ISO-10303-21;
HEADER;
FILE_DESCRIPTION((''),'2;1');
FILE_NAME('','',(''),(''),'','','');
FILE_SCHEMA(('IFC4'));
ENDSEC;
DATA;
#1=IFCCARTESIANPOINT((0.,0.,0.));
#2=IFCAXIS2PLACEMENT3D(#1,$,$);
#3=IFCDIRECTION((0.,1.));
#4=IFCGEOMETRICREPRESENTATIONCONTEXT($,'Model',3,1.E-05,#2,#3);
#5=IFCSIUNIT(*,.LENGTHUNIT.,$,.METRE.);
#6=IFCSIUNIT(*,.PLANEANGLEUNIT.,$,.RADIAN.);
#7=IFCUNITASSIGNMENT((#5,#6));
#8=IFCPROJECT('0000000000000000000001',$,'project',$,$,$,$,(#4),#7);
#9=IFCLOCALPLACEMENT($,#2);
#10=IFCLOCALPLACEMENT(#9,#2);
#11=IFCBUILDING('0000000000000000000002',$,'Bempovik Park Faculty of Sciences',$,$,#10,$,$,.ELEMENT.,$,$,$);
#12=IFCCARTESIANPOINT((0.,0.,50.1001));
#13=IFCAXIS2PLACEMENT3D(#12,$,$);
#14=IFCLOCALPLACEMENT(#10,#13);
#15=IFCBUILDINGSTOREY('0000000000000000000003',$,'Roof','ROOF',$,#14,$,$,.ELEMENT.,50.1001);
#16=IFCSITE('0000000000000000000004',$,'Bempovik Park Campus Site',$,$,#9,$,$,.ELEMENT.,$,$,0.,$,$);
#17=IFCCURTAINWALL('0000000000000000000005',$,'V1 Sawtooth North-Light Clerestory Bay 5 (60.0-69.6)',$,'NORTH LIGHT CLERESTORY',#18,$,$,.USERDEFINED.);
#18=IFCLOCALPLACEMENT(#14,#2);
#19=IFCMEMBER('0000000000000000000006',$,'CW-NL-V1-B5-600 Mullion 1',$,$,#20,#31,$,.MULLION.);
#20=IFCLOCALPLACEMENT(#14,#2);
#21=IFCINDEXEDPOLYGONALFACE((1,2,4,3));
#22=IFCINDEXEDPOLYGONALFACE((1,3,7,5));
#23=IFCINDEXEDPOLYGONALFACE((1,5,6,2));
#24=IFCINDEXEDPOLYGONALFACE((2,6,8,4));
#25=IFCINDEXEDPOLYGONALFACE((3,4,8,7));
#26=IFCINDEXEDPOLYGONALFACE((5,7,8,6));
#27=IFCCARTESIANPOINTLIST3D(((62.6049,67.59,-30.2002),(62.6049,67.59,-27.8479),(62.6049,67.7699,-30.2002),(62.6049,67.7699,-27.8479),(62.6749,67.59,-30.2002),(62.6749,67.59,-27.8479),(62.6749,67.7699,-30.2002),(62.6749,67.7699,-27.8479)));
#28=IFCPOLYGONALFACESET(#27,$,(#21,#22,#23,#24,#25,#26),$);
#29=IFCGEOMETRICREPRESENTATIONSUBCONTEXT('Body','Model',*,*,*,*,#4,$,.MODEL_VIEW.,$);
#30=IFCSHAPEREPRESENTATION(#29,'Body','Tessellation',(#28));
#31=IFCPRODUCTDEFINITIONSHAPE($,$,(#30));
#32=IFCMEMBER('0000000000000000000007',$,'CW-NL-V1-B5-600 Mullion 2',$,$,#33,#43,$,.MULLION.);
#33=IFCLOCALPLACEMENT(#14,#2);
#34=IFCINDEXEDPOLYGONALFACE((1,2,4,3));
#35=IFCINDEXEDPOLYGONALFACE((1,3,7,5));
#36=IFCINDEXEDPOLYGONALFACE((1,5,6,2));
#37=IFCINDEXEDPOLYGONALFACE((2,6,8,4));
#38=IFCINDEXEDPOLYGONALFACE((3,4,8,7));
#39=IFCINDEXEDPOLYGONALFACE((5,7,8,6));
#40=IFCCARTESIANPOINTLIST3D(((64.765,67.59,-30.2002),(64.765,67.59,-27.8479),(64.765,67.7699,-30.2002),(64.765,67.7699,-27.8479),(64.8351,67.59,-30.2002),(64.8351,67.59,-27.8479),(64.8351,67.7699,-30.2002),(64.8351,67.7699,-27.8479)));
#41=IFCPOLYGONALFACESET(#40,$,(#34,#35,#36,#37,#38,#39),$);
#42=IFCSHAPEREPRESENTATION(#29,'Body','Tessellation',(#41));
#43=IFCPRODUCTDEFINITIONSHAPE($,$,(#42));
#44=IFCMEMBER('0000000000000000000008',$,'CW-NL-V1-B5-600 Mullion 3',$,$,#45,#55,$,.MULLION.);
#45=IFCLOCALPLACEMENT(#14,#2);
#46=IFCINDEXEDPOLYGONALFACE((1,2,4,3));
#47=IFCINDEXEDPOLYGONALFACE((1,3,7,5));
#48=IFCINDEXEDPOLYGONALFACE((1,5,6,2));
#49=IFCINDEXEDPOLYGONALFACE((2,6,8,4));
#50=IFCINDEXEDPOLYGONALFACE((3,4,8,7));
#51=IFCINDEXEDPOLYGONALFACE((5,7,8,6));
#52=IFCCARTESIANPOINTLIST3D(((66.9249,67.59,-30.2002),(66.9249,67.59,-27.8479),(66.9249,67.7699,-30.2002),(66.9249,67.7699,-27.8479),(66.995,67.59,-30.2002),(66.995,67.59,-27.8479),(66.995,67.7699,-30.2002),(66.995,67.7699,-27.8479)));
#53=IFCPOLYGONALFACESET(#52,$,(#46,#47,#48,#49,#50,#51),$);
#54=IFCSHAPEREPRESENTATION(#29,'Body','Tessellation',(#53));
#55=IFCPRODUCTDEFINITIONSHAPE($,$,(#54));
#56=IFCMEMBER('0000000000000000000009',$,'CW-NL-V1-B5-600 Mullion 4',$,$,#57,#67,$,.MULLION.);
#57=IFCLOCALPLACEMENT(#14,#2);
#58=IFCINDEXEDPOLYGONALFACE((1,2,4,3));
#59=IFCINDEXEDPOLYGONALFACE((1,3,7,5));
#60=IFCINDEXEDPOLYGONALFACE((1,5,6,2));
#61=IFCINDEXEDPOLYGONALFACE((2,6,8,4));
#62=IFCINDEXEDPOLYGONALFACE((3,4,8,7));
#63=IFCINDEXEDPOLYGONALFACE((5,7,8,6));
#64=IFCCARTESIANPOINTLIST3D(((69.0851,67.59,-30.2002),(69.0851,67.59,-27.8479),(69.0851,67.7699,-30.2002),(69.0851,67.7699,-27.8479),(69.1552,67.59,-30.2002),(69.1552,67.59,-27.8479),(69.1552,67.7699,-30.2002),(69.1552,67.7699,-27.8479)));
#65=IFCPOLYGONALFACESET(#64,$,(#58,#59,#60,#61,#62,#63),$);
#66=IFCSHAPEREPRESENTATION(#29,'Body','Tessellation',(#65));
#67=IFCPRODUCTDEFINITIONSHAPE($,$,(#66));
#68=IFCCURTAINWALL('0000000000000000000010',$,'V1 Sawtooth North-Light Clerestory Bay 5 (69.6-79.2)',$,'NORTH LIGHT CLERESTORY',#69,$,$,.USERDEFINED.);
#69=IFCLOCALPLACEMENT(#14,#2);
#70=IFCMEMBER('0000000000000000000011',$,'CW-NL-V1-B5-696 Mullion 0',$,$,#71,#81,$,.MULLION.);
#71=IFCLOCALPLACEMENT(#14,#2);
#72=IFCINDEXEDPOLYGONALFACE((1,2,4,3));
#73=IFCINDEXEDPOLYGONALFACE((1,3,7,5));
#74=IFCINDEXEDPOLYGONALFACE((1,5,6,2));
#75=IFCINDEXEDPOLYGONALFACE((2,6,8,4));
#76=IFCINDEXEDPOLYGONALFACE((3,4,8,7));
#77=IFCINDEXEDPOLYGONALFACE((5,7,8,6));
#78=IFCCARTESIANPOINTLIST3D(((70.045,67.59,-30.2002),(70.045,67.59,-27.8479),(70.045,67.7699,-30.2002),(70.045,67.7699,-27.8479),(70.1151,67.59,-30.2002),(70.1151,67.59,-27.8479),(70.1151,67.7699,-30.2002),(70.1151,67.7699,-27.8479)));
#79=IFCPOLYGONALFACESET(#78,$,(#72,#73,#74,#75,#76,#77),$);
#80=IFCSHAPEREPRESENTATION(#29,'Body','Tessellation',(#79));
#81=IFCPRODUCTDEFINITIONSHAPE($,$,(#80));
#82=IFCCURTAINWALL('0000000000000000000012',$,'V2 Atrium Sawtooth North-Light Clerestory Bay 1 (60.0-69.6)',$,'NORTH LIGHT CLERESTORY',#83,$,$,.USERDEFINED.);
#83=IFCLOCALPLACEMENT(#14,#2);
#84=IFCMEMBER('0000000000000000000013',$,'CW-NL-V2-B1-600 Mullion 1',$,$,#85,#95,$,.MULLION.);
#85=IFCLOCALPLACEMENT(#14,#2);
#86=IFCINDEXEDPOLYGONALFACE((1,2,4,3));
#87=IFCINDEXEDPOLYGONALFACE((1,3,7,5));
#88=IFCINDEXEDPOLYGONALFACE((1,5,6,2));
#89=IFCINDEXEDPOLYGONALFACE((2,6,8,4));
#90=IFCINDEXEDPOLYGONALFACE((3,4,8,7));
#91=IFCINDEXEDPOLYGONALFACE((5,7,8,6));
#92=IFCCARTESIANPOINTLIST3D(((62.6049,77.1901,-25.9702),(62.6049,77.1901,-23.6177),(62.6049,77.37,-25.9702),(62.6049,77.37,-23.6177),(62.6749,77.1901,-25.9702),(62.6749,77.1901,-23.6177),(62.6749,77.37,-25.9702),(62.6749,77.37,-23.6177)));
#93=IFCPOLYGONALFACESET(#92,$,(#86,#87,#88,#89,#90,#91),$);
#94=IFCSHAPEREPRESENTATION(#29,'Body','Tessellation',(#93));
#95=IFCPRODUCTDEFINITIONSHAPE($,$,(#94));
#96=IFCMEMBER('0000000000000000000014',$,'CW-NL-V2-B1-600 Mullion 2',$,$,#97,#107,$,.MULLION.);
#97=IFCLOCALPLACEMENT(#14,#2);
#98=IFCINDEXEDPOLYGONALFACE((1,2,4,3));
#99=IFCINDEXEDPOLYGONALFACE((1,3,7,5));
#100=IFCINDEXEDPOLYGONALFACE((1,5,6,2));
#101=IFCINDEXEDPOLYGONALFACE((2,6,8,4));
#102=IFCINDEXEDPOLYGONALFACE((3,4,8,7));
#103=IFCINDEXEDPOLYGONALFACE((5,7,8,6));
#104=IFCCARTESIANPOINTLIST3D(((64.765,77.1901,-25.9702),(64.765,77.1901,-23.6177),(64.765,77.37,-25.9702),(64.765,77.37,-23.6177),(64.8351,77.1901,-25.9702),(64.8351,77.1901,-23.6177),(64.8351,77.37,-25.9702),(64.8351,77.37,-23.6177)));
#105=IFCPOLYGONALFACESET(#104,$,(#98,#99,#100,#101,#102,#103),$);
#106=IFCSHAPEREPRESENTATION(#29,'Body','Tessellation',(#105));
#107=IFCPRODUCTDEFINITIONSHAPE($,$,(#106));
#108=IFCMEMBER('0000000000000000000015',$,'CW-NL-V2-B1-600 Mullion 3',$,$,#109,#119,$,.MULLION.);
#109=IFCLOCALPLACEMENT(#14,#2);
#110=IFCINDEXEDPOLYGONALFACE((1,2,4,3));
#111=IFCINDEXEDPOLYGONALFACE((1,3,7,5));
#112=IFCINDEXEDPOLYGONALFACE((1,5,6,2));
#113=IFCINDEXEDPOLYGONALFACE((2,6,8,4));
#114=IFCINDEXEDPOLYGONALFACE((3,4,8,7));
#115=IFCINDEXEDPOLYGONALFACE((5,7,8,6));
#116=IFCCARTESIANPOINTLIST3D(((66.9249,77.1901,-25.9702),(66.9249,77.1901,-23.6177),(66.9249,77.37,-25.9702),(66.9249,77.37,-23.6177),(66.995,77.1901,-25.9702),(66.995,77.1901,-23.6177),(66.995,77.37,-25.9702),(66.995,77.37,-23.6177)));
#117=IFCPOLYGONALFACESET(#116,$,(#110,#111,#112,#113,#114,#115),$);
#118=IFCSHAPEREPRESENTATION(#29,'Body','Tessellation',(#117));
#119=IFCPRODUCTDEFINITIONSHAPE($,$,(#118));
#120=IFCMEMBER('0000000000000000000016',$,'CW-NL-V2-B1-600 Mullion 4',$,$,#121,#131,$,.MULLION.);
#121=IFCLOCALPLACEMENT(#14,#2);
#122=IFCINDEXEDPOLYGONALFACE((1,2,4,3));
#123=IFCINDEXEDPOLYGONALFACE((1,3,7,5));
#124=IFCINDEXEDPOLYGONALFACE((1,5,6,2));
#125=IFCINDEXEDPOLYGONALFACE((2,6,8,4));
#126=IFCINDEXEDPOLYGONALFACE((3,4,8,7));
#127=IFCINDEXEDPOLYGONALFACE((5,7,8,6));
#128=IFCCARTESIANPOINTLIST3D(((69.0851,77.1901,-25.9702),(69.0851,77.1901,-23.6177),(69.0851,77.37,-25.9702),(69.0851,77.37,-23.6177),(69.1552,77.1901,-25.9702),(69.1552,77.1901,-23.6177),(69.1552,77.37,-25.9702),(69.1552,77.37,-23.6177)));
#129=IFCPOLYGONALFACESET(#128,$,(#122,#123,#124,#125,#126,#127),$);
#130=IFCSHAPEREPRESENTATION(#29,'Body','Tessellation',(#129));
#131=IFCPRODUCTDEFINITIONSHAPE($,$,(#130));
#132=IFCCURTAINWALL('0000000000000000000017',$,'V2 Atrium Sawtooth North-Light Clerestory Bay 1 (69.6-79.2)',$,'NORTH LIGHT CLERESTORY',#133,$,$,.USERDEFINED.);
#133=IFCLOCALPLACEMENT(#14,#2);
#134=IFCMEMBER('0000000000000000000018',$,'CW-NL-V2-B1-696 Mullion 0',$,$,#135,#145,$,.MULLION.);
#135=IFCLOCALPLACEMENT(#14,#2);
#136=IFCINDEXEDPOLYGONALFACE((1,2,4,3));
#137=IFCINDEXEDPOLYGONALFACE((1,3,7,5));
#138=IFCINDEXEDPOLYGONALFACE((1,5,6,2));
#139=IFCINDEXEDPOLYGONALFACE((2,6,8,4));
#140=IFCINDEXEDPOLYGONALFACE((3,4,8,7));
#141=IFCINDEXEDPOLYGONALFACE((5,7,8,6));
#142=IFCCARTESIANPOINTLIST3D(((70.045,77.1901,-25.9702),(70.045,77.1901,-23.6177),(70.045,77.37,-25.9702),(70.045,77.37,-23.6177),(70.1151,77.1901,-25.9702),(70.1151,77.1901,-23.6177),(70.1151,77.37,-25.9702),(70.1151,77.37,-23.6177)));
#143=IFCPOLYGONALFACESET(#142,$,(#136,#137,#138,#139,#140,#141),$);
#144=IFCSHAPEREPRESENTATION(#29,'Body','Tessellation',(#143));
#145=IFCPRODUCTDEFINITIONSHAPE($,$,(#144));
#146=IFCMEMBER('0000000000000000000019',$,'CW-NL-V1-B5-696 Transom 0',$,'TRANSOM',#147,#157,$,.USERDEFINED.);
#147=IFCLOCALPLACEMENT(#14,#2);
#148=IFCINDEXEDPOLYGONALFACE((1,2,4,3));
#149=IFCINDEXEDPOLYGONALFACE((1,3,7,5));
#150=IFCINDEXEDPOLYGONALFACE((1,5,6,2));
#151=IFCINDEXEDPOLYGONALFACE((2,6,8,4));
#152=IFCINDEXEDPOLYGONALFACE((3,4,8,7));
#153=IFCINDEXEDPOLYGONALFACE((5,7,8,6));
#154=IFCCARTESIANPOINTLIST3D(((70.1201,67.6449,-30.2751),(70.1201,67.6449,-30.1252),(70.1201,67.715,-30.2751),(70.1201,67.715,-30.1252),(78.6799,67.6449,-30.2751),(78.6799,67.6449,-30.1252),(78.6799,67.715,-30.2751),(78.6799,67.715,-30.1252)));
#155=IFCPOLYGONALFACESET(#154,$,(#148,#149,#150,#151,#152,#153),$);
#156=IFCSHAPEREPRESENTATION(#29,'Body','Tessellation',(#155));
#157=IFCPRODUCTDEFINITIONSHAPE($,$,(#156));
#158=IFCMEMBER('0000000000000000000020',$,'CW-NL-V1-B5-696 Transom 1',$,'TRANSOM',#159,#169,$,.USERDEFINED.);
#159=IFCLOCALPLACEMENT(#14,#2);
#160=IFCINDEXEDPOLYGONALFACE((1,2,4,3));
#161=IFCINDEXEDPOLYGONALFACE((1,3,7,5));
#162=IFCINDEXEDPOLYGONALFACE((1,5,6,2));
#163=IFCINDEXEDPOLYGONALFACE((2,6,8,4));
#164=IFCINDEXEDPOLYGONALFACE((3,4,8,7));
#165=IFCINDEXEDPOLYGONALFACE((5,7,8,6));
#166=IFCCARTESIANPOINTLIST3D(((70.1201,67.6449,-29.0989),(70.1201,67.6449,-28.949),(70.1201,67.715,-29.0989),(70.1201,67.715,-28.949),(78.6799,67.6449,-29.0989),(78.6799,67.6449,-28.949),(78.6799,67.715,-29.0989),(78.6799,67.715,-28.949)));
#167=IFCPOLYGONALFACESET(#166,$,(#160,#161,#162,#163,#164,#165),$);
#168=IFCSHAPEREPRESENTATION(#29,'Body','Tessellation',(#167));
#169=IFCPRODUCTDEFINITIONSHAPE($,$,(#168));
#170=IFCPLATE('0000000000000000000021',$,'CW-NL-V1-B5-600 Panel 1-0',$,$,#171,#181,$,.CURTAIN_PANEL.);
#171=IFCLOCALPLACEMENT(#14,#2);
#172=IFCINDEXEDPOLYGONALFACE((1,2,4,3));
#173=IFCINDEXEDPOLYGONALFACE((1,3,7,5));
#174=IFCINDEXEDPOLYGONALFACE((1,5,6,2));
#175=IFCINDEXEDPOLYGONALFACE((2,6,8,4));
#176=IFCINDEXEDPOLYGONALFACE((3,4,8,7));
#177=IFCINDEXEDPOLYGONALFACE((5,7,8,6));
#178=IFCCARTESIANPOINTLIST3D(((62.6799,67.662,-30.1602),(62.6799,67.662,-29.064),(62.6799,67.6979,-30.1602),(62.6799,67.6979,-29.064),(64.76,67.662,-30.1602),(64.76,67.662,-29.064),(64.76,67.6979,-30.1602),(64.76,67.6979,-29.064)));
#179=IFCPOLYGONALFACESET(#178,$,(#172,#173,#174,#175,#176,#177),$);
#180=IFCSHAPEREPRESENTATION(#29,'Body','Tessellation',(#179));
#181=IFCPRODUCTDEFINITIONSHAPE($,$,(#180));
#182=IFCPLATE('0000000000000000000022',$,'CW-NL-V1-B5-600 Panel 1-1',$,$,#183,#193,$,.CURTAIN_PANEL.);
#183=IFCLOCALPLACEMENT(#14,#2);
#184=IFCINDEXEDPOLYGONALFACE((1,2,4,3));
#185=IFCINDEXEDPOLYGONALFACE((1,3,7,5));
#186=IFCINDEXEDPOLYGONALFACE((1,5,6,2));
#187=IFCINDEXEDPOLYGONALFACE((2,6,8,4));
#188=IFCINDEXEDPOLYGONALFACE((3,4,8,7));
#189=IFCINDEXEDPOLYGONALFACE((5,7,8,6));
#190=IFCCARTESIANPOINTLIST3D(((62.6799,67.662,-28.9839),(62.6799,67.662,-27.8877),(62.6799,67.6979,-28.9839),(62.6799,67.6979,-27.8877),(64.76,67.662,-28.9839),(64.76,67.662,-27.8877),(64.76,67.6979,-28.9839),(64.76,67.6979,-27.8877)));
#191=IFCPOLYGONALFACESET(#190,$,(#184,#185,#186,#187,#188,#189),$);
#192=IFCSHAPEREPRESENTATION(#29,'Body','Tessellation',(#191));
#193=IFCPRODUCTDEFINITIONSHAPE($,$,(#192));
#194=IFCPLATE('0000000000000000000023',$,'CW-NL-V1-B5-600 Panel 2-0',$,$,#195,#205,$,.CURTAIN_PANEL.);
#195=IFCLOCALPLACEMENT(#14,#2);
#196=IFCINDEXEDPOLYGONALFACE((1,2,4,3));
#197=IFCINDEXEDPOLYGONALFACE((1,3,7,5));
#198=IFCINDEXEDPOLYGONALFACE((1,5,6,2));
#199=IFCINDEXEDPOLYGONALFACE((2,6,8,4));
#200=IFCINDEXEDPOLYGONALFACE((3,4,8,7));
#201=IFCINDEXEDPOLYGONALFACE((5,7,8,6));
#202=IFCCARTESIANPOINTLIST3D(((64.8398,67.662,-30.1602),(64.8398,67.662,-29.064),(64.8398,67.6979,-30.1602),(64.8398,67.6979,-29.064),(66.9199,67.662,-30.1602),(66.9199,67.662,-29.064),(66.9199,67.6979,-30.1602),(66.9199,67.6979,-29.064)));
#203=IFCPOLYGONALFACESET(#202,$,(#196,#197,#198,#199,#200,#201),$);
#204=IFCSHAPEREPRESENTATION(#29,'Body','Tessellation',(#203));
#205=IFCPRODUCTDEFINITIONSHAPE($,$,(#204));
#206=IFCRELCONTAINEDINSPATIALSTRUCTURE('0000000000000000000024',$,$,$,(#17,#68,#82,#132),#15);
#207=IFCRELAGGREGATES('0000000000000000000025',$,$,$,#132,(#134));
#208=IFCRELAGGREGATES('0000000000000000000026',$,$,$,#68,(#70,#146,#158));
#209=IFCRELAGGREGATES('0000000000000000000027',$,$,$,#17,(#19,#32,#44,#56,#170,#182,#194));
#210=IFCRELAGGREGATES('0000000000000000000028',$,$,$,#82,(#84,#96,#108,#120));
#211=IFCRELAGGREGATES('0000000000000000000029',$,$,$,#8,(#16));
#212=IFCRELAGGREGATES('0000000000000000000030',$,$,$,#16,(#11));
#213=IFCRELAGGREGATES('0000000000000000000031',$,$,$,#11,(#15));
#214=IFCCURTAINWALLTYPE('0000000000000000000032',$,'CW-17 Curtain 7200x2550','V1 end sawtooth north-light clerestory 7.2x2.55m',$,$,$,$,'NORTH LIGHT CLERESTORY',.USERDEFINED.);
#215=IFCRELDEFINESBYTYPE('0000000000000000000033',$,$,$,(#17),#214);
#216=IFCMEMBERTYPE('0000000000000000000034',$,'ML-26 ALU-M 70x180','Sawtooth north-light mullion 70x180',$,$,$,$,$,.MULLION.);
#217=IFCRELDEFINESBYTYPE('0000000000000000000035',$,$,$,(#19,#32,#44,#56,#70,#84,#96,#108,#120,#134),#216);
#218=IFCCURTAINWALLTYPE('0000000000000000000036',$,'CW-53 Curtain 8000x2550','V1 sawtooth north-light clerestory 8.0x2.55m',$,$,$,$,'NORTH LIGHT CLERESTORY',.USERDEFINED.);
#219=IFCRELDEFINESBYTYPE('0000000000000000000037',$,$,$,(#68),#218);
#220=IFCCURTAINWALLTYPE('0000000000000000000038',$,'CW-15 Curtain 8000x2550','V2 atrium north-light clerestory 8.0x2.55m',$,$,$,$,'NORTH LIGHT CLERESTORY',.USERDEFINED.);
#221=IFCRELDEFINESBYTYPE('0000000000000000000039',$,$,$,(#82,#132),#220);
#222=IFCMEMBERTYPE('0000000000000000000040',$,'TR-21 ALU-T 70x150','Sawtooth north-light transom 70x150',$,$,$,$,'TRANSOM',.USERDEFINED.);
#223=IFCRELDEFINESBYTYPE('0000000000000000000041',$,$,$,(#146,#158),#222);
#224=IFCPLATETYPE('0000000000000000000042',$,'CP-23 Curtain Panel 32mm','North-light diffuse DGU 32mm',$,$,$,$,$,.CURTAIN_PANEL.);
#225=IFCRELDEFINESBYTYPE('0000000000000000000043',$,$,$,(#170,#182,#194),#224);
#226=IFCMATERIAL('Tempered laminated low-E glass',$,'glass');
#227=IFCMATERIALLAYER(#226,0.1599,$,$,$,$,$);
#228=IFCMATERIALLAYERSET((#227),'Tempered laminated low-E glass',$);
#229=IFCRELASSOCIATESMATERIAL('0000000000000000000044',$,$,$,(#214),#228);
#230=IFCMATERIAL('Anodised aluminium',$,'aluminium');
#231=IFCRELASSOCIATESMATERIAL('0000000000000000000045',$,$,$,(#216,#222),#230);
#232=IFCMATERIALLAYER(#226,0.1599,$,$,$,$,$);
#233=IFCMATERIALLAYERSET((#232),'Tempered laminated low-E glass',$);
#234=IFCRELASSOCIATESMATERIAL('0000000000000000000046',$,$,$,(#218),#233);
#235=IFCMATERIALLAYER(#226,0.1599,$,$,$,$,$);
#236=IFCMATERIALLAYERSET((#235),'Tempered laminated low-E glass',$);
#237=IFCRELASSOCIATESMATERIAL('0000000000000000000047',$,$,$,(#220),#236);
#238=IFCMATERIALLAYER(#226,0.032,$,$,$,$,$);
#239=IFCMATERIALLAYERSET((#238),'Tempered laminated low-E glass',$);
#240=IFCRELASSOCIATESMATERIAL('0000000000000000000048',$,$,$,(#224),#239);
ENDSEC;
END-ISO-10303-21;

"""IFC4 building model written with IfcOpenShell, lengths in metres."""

from ifc_helpers import new_model, si_unit, direction, frame, origin, origin_2d, place, context, subcontext, project, spatial, rectangle, extrude, material, layer, layer_set, material_profile, profile_set, type_object, element, aggregate, save


model = new_model("IFC4")

# Units and contexts
model_context = context("Model", 3, precision=1e-05, world=origin(), true_north=direction((0.0, 1.0)))
body_context = subcontext(model_context, "Body", "Model", "MODEL_VIEW")
ifc_project = project(units=[si_unit("LENGTHUNIT", "METRE"), si_unit("PLANEANGLEUNIT", "RADIAN")], contexts=[model_context])

# Site, building, storey
site_placement = place(None, origin())
site = spatial("IfcSite", under=ifc_project, at=site_placement, Name="Bempovik Park Campus Site", CompositionType="ELEMENT", RefElevation=0.0)
building_placement = place(site_placement, origin())
building = spatial("IfcBuilding", under=site, at=building_placement, Name="Bempovik Park Faculty of Sciences", CompositionType="ELEMENT")
storey_placement = place(building_placement, frame((0.0, 0.0, 50.1001)))
storey = spatial("IfcBuildingStorey", under=building, at=storey_placement, Name="Roof", Description="ROOF", CompositionType="ELEMENT", Elevation=50.1001)

# Curtain wall, members
ifc_material_1 = material(Name="Tempered laminated low-E glass", Category="glass")
ifc_layer_1 = layer(ifc_material_1, 0.1599)
ifc_layer_set_1 = layer_set([ifc_layer_1], Name="Tempered laminated low-E glass")
curtain_wall_type_1 = type_object("IfcCurtainWallType", Name="CW-17 Curtain 7200x2550", Description="V1 end sawtooth north-light clerestory 7.2x2.55m", ElementType="NORTH LIGHT CLERESTORY", PredefinedType="USERDEFINED", material=ifc_layer_set_1)
curtain_wall_1_placement = place(storey_placement, origin())
curtain_wall_1 = element("IfcCurtainWall", 1, at=curtain_wall_1_placement, inside=storey, type_object=curtain_wall_type_1, Name="V1 Sawtooth North-Light Clerestory Bay 5 (60.0-69.6)", ObjectType="NORTH LIGHT CLERESTORY", PredefinedType="USERDEFINED")
ifc_material_2 = material(Name="Anodised aluminium", Category="aluminium")
ifc_material_profile_1 = material_profile(ifc_material_2, rectangle(XDim=0.0701, YDim=0.1799, at=origin_2d()), Name="ALU-M 70x180")
ifc_profile_set_1 = profile_set([ifc_material_profile_1], Name="Anodised aluminium")
member_type_1 = type_object("IfcMemberType", Name="ML-26 ALU-M 70x180", Description="Sawtooth north-light mullion 70x180", PredefinedType="MULLION", material=ifc_profile_set_1)
member_1_placement = place(storey_placement, frame((62.6399, 67.6799, -30.2002), z_axis=(0.0, 0.0, 1.0), x_axis=(1.0, 0.0, 0.0)))
member_1 = element("IfcMember", 2, at=member_1_placement, type_object=member_type_1, Name="CW-NL-V1-B5-600 Mullion 1", PredefinedType="MULLION", context=body_context, shape_type="SweptSolid", body=[
    extrude(rectangle(XDim=0.0701, YDim=0.1799, at=origin_2d()), origin(), (0.0, 0.0, 1.0), 2.3523),
])
member_2_placement = place(storey_placement, frame((64.8, 67.6799, -30.2002), z_axis=(0.0, 0.0, 1.0), x_axis=(1.0, 0.0, 0.0)))
member_2 = element("IfcMember", 3, at=member_2_placement, type_object=member_type_1, Name="CW-NL-V1-B5-600 Mullion 2", PredefinedType="MULLION", context=body_context, shape_type="SweptSolid", body=[
    extrude(rectangle(XDim=0.0701, YDim=0.1799, at=origin_2d()), origin(), (0.0, 0.0, 1.0), 2.3523),
])
member_3_placement = place(storey_placement, frame((66.96, 67.6799, -30.2002), z_axis=(0.0, 0.0, 1.0), x_axis=(1.0, 0.0, 0.0)))
member_3 = element("IfcMember", 4, at=member_3_placement, type_object=member_type_1, Name="CW-NL-V1-B5-600 Mullion 3", PredefinedType="MULLION", context=body_context, shape_type="SweptSolid", body=[
    extrude(rectangle(XDim=0.0701, YDim=0.1799, at=origin_2d()), origin(), (0.0, 0.0, 1.0), 2.3523),
])
member_4_placement = place(storey_placement, frame((69.1201, 67.6799, -30.2002), z_axis=(0.0, 0.0, 1.0), x_axis=(1.0, 0.0, 0.0)))
member_4 = element("IfcMember", 5, at=member_4_placement, type_object=member_type_1, Name="CW-NL-V1-B5-600 Mullion 4", PredefinedType="MULLION", context=body_context, shape_type="SweptSolid", body=[
    extrude(rectangle(XDim=0.0701, YDim=0.1799, at=origin_2d()), origin(), (0.0, 0.0, 1.0), 2.3523),
])

# Curtain wall, member
ifc_layer_2 = layer(ifc_material_1, 0.1599)
ifc_layer_set_2 = layer_set([ifc_layer_2], Name="Tempered laminated low-E glass")
curtain_wall_type_2 = type_object("IfcCurtainWallType", Name="CW-53 Curtain 8000x2550", Description="V1 sawtooth north-light clerestory 8.0x2.55m", ElementType="NORTH LIGHT CLERESTORY", PredefinedType="USERDEFINED", material=ifc_layer_set_2)
curtain_wall_2_placement = place(storey_placement, origin())
curtain_wall_2 = element("IfcCurtainWall", 6, at=curtain_wall_2_placement, inside=storey, type_object=curtain_wall_type_2, Name="V1 Sawtooth North-Light Clerestory Bay 5 (69.6-79.2)", ObjectType="NORTH LIGHT CLERESTORY", PredefinedType="USERDEFINED")
member_5_placement = place(storey_placement, frame((70.0801, 67.6799, -30.2002), z_axis=(0.0, 0.0, 1.0), x_axis=(1.0, 0.0, 0.0)))
member_5 = element("IfcMember", 7, at=member_5_placement, type_object=member_type_1, Name="CW-NL-V1-B5-696 Mullion 0", PredefinedType="MULLION", context=body_context, shape_type="SweptSolid", body=[
    extrude(rectangle(XDim=0.0701, YDim=0.1799, at=origin_2d()), origin(), (0.0, 0.0, 1.0), 2.3523),
])

# Curtain wall, members
ifc_layer_3 = layer(ifc_material_1, 0.1599)
ifc_layer_set_3 = layer_set([ifc_layer_3], Name="Tempered laminated low-E glass")
curtain_wall_type_3 = type_object("IfcCurtainWallType", Name="CW-15 Curtain 8000x2550", Description="V2 atrium north-light clerestory 8.0x2.55m", ElementType="NORTH LIGHT CLERESTORY", PredefinedType="USERDEFINED", material=ifc_layer_set_3)
curtain_wall_3_placement = place(storey_placement, origin())
curtain_wall_3 = element("IfcCurtainWall", 8, at=curtain_wall_3_placement, inside=storey, type_object=curtain_wall_type_3, Name="V2 Atrium Sawtooth North-Light Clerestory Bay 1 (60.0-69.6)", ObjectType="NORTH LIGHT CLERESTORY", PredefinedType="USERDEFINED")
member_6_placement = place(storey_placement, frame((62.6399, 77.28, -25.9702), z_axis=(0.0, 0.0, 1.0), x_axis=(1.0, 0.0, 0.0)))
member_6 = element("IfcMember", 9, at=member_6_placement, type_object=member_type_1, Name="CW-NL-V2-B1-600 Mullion 1", PredefinedType="MULLION", context=body_context, shape_type="SweptSolid", body=[
    extrude(rectangle(XDim=0.0701, YDim=0.1799, at=origin_2d()), origin(), (0.0, 0.0, 1.0), 2.3525),
])
member_7_placement = place(storey_placement, frame((64.8, 77.28, -25.9702), z_axis=(0.0, 0.0, 1.0), x_axis=(1.0, 0.0, 0.0)))
member_7 = element("IfcMember", 10, at=member_7_placement, type_object=member_type_1, Name="CW-NL-V2-B1-600 Mullion 2", PredefinedType="MULLION", context=body_context, shape_type="SweptSolid", body=[
    extrude(rectangle(XDim=0.0701, YDim=0.1799, at=origin_2d()), origin(), (0.0, 0.0, 1.0), 2.3525),
])
member_8_placement = place(storey_placement, frame((66.96, 77.28, -25.9702), z_axis=(0.0, 0.0, 1.0), x_axis=(1.0, 0.0, 0.0)))
member_8 = element("IfcMember", 11, at=member_8_placement, type_object=member_type_1, Name="CW-NL-V2-B1-600 Mullion 3", PredefinedType="MULLION", context=body_context, shape_type="SweptSolid", body=[
    extrude(rectangle(XDim=0.0701, YDim=0.1799, at=origin_2d()), origin(), (0.0, 0.0, 1.0), 2.3525),
])
member_9_placement = place(storey_placement, frame((69.1201, 77.28, -25.9702), z_axis=(0.0, 0.0, 1.0), x_axis=(1.0, 0.0, 0.0)))
member_9 = element("IfcMember", 12, at=member_9_placement, type_object=member_type_1, Name="CW-NL-V2-B1-600 Mullion 4", PredefinedType="MULLION", context=body_context, shape_type="SweptSolid", body=[
    extrude(rectangle(XDim=0.0701, YDim=0.1799, at=origin_2d()), origin(), (0.0, 0.0, 1.0), 2.3525),
])

# Curtain wall, member
curtain_wall_4_placement = place(storey_placement, origin())
curtain_wall_4 = element("IfcCurtainWall", 13, at=curtain_wall_4_placement, inside=storey, type_object=curtain_wall_type_3, Name="V2 Atrium Sawtooth North-Light Clerestory Bay 1 (69.6-79.2)", ObjectType="NORTH LIGHT CLERESTORY", PredefinedType="USERDEFINED")
member_10_placement = place(storey_placement, frame((70.0801, 77.28, -25.9702), z_axis=(0.0, 0.0, 1.0), x_axis=(1.0, 0.0, 0.0)))
member_10 = element("IfcMember", 14, at=member_10_placement, type_object=member_type_1, Name="CW-NL-V2-B1-696 Mullion 0", PredefinedType="MULLION", context=body_context, shape_type="SweptSolid", body=[
    extrude(rectangle(XDim=0.0701, YDim=0.1799, at=origin_2d()), origin(), (0.0, 0.0, 1.0), 2.3525),
])
aggregate(curtain_wall_4, [member_10])

# Members
ifc_material_profile_2 = material_profile(ifc_material_2, rectangle(XDim=0.0701, YDim=0.1499, at=origin_2d()), Name="ALU-T 70x150")
ifc_profile_set_2 = profile_set([ifc_material_profile_2], Name="Anodised aluminium")
member_type_2 = type_object("IfcMemberType", Name="TR-21 ALU-T 70x150", Description="Sawtooth north-light transom 70x150", ElementType="TRANSOM", PredefinedType="USERDEFINED", material=ifc_profile_set_2)
member_11_placement = place(storey_placement, frame((70.1201, 67.6799, -30.2002), z_axis=(1.0, 0.0, 0.0), x_axis=(0.0, 1.0, 0.0)))
member_11 = element("IfcMember", 15, at=member_11_placement, type_object=member_type_2, Name="CW-NL-V1-B5-696 Transom 0", ObjectType="TRANSOM", PredefinedType="USERDEFINED", context=body_context, shape_type="SweptSolid", body=[
    extrude(rectangle(XDim=0.0701, YDim=0.1499, at=origin_2d()), origin(), (0.0, 0.0, 1.0), 8.5598),
])
member_12_placement = place(storey_placement, frame((70.1201, 67.6799, -29.0239), z_axis=(1.0, 0.0, 0.0), x_axis=(0.0, 1.0, 0.0)))
member_12 = element("IfcMember", 16, at=member_12_placement, type_object=member_type_2, Name="CW-NL-V1-B5-696 Transom 1", ObjectType="TRANSOM", PredefinedType="USERDEFINED", context=body_context, shape_type="SweptSolid", body=[
    extrude(rectangle(XDim=0.0701, YDim=0.1499, at=origin_2d()), origin(), (0.0, 0.0, 1.0), 8.5598),
])
aggregate(curtain_wall_2, [member_5, member_11, member_12])

# Plates
ifc_layer_4 = layer(ifc_material_1, 0.032)
ifc_layer_set_4 = layer_set([ifc_layer_4], Name="Tempered laminated low-E glass")
plate_type = type_object("IfcPlateType", Name="CP-23 Curtain Panel 32mm", Description="North-light diffuse DGU 32mm", PredefinedType="CURTAIN_PANEL", material=ifc_layer_set_4)
plate_1_placement = place(storey_placement, frame((63.72, 67.6799, -30.1602), z_axis=(0.0, 0.0, 1.0), x_axis=(1.0, 0.0, 0.0)))
plate_1 = element("IfcPlate", 17, at=plate_1_placement, type_object=plate_type, Name="CW-NL-V1-B5-600 Panel 1-0", PredefinedType="CURTAIN_PANEL", context=body_context, shape_type="SweptSolid", body=[
    extrude(rectangle(XDim=2.0801, YDim=0.0359, at=origin_2d()), origin(), (0.0, 0.0, 1.0), 1.0962),
])
plate_2_placement = place(storey_placement, frame((63.72, 67.6799, -28.9839), z_axis=(0.0, 0.0, 1.0), x_axis=(1.0, 0.0, 0.0)))
plate_2 = element("IfcPlate", 18, at=plate_2_placement, type_object=plate_type, Name="CW-NL-V1-B5-600 Panel 1-1", PredefinedType="CURTAIN_PANEL", context=body_context, shape_type="SweptSolid", body=[
    extrude(rectangle(XDim=2.0801, YDim=0.0359, at=origin_2d()), origin(), (0.0, 0.0, 1.0), 1.0962),
])
plate_3_placement = place(storey_placement, frame((65.8799, 67.6799, -30.1602), z_axis=(0.0, 0.0, 1.0), x_axis=(1.0, 0.0, 0.0)))
plate_3 = element("IfcPlate", 19, at=plate_3_placement, type_object=plate_type, Name="CW-NL-V1-B5-600 Panel 2-0", PredefinedType="CURTAIN_PANEL", context=body_context, shape_type="SweptSolid", body=[
    extrude(rectangle(XDim=2.0801, YDim=0.0359, at=origin_2d()), origin(), (0.0, 0.0, 1.0), 1.0962),
])
aggregate(curtain_wall_1, [member_1, member_2, member_3, member_4, plate_1, plate_2, plate_3])
aggregate(curtain_wall_3, [member_6, member_7, member_8, member_9])

save(model, "model.ifc")
